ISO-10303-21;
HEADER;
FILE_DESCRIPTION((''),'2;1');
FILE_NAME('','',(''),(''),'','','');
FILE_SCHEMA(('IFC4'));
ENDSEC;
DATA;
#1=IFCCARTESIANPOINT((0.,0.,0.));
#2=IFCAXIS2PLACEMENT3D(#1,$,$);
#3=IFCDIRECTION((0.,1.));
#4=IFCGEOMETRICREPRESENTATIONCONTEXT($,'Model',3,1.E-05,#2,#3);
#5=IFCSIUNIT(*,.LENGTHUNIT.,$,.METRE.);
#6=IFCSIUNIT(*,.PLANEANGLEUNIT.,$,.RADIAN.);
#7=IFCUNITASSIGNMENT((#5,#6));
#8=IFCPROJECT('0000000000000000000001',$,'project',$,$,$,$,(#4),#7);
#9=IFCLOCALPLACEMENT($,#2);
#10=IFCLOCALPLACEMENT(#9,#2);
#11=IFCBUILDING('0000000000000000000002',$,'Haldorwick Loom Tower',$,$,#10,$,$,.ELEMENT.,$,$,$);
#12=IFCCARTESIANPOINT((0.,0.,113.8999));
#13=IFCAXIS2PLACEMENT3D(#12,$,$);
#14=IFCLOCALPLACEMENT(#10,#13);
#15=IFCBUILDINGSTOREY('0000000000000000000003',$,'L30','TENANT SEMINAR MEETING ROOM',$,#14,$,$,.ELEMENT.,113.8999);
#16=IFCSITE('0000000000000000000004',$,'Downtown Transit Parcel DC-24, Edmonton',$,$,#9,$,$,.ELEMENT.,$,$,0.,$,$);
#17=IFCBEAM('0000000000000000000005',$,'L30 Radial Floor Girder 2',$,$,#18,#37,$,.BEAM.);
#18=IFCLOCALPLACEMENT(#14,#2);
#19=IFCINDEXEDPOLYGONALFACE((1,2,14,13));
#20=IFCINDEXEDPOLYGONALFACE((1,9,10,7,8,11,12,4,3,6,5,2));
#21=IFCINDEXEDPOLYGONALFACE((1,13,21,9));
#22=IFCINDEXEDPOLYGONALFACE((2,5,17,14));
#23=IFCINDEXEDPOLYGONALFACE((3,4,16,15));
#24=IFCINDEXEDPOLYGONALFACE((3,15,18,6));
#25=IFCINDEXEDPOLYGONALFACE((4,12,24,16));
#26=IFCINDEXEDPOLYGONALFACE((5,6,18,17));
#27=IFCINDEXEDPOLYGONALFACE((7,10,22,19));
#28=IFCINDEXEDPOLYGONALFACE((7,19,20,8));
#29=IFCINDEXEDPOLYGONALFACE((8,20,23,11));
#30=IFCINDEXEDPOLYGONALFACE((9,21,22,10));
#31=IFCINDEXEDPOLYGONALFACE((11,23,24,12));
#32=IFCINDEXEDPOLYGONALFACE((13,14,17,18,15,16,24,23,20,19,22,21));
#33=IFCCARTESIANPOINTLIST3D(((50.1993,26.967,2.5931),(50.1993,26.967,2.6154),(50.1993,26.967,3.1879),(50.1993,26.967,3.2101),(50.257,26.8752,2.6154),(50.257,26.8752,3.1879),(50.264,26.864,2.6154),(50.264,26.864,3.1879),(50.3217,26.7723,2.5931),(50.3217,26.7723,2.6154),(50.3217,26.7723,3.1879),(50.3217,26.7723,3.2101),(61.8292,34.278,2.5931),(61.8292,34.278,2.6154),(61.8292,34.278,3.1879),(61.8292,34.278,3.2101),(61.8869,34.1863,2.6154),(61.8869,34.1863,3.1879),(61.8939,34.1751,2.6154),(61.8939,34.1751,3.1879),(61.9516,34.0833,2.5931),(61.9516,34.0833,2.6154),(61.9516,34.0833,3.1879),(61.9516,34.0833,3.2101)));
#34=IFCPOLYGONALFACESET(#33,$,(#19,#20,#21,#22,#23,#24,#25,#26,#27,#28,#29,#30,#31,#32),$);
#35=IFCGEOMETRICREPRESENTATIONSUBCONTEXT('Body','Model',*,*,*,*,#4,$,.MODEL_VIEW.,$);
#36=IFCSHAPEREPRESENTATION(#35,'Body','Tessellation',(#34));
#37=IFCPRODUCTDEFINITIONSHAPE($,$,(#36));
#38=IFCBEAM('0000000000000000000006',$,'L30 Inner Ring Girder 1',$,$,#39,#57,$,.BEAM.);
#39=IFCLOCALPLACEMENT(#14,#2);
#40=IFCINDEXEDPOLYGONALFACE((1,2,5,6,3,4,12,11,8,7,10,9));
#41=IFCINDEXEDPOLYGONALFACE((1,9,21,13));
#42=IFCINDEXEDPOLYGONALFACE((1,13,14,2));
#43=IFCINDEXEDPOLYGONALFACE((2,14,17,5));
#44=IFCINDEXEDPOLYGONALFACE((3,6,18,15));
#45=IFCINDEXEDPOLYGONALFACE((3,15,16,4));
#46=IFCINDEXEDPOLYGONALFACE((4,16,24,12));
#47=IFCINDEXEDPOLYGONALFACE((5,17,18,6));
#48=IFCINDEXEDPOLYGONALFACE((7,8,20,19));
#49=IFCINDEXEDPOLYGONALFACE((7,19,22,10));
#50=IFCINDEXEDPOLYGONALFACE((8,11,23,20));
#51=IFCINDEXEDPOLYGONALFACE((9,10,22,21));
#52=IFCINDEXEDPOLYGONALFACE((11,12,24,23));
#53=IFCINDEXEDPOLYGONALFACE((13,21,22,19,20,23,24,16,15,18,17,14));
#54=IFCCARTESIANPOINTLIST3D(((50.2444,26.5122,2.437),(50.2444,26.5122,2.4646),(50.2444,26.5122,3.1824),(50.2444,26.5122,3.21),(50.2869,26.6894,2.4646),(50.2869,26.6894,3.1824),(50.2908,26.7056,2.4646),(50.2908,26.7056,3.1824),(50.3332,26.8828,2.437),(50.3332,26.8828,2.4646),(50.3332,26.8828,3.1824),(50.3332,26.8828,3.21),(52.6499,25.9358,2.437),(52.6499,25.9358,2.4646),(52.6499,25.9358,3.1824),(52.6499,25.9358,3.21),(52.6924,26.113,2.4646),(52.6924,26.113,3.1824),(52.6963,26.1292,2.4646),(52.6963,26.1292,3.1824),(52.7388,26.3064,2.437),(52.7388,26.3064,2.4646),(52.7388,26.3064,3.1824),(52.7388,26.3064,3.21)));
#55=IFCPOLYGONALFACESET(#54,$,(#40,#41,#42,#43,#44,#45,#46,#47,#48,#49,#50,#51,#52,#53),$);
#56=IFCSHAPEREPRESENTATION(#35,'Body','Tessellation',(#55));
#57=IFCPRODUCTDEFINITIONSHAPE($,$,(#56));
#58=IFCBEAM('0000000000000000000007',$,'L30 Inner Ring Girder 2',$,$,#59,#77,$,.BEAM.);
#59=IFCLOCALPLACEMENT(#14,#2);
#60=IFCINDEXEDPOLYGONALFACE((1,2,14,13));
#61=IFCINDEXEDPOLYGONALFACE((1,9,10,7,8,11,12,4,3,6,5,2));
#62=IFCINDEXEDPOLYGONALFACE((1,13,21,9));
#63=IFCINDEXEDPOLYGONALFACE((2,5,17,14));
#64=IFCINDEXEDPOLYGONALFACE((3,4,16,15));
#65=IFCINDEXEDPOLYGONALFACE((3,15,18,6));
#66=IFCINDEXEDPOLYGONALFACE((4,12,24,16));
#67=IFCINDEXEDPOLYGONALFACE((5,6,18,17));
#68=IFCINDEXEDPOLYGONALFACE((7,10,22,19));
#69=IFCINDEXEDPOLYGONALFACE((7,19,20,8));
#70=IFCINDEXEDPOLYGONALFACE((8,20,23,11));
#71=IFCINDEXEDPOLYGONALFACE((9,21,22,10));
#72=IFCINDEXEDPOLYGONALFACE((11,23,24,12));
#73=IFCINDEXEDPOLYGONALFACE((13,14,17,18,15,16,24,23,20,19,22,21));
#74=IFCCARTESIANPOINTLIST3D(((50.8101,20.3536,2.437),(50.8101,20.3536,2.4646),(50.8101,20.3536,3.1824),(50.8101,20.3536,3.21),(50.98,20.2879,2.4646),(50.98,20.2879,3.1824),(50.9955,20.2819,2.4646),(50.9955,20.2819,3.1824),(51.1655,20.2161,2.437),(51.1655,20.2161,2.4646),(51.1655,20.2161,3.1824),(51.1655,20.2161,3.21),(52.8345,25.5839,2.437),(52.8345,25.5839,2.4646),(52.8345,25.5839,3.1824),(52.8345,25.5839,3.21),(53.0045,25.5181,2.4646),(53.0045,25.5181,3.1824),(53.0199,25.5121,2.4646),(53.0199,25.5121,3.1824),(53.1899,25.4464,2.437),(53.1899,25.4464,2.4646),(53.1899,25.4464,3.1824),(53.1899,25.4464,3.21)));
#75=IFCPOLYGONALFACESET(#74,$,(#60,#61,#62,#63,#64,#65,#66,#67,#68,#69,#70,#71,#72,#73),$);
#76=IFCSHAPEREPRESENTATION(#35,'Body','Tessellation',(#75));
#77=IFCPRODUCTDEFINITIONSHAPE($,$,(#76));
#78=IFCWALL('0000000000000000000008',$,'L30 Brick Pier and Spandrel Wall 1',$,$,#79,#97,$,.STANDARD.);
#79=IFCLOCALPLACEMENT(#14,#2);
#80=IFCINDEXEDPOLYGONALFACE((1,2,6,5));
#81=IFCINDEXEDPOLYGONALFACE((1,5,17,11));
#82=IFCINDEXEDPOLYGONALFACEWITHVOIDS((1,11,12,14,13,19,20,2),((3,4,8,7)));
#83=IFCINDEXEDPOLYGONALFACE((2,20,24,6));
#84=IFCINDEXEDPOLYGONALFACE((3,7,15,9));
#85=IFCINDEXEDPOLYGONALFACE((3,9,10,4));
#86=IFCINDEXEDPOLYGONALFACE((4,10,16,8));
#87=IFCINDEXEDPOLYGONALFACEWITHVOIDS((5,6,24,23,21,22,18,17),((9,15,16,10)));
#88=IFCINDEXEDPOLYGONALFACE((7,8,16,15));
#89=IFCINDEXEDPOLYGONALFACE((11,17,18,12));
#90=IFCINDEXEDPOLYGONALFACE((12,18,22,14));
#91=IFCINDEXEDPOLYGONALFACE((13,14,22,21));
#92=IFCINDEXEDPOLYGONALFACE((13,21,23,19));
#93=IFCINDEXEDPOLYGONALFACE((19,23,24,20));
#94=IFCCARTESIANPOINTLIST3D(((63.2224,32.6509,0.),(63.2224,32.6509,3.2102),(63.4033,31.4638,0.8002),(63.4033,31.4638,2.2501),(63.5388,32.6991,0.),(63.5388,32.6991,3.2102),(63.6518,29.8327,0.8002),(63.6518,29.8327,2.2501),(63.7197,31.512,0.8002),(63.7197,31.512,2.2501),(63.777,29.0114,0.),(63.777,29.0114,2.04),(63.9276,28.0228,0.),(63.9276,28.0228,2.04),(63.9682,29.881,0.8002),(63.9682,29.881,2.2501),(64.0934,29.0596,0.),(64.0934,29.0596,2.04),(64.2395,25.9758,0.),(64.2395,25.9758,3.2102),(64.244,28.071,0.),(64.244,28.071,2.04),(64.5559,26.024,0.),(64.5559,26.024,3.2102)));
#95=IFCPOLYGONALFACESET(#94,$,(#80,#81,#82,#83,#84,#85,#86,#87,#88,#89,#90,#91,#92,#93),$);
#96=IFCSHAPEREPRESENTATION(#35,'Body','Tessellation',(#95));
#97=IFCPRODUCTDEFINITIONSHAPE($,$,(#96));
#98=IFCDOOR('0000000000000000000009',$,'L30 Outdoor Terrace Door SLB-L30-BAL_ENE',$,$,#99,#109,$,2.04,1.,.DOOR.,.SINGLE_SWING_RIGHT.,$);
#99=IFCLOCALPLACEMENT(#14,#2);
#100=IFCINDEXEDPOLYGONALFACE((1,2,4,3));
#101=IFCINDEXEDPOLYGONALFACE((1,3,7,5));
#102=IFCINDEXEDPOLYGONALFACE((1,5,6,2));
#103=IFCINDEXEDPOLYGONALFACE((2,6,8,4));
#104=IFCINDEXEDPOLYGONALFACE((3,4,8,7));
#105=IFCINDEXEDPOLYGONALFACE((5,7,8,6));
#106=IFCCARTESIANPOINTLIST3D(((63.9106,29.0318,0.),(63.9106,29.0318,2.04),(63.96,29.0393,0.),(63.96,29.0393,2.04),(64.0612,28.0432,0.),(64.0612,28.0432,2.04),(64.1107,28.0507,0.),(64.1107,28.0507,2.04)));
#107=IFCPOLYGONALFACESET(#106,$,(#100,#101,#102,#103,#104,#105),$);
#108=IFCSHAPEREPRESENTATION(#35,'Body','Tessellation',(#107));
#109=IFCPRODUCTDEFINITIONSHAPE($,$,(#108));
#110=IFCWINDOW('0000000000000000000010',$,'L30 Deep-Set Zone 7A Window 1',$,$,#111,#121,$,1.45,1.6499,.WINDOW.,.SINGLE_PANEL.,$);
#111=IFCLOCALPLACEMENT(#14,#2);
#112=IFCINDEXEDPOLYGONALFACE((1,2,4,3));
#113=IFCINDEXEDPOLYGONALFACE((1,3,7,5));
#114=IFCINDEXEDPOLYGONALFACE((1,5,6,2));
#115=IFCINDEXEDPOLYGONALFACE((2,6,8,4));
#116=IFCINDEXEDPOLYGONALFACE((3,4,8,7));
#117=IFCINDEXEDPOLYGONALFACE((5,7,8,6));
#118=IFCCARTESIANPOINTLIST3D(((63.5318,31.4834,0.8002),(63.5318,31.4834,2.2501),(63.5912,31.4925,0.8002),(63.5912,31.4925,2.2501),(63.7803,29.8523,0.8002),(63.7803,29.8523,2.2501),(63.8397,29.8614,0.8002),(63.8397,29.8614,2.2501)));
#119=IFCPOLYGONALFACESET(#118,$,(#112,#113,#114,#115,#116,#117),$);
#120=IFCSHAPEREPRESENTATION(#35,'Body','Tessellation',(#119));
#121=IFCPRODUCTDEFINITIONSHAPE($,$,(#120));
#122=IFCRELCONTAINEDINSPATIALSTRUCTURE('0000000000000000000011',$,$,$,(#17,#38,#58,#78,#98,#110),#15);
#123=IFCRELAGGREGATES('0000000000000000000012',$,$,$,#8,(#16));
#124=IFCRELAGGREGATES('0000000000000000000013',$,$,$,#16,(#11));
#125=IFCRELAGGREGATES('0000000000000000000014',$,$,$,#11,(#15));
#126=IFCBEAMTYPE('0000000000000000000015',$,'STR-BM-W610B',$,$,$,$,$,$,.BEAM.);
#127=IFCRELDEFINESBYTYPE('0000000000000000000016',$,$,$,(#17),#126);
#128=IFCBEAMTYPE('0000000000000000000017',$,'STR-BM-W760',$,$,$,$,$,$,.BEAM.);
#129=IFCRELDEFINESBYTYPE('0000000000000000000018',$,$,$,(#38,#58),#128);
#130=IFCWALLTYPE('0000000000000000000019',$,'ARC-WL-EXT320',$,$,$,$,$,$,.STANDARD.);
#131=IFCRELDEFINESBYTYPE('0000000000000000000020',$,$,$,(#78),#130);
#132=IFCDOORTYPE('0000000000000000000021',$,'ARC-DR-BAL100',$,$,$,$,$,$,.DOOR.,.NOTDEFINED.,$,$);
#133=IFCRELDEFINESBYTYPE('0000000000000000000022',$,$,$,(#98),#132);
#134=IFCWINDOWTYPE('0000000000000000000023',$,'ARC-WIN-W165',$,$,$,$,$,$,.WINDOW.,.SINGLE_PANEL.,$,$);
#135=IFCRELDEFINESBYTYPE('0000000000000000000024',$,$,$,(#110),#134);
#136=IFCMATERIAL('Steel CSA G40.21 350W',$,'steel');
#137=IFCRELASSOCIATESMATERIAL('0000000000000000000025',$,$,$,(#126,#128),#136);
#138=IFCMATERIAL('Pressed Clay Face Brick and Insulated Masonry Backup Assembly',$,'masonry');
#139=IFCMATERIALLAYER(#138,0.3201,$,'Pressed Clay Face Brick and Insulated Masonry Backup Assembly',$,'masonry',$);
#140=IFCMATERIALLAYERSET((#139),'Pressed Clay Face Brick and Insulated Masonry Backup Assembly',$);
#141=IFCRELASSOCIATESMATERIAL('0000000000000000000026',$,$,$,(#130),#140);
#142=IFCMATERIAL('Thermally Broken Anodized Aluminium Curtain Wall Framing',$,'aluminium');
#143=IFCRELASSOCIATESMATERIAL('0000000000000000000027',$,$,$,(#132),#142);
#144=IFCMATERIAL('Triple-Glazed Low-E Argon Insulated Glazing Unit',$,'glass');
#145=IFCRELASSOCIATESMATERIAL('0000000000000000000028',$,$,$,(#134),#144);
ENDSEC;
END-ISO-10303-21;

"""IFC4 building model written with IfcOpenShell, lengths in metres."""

from ifc_helpers import new_model, si_unit, direction, frame, frame_2d, origin, origin_2d, place, context, subcontext, project, spatial, rectangle, i_section, extrude, material, layer, layer_set, material_profile, profile_set, type_object, element, fill, save


model = new_model("IFC4")

# Units and contexts
model_context = context("Model", 3, precision=1e-05, world=origin(), true_north=direction((0.0, 1.0)))
body_context = subcontext(model_context, "Body", "Model", "MODEL_VIEW")
ifc_project = project(units=[si_unit("LENGTHUNIT", "METRE"), si_unit("PLANEANGLEUNIT", "RADIAN")], contexts=[model_context])

# Site, building, storey
site_placement = place(None, origin())
site = spatial("IfcSite", under=ifc_project, at=site_placement, Name="Downtown Transit Parcel DC-24, Edmonton", CompositionType="ELEMENT", RefElevation=0.0)
building_placement = place(site_placement, origin())
building = spatial("IfcBuilding", under=site, at=building_placement, Name="Haldorwick Loom Tower", CompositionType="ELEMENT")
storey_placement = place(building_placement, frame((0.0, 0.0, 113.8999)))
storey = spatial("IfcBuildingStorey", under=building, at=storey_placement, Name="L30", Description="TENANT SEMINAR MEETING ROOM", CompositionType="ELEMENT", Elevation=113.8999)

# Beams
ifc_material_1 = material(Name="Steel CSA G40.21 350W", Category="steel")
ifc_material_profile_1 = material_profile(ifc_material_1, i_section(OverallWidth=0.23, OverallDepth=0.6169, WebThickness=0.0132, FlangeThickness=0.0222, at=origin_2d()), Name="W610X140", Category="steel")
ifc_profile_set_1 = profile_set([ifc_material_profile_1], Name="Steel CSA G40.21 350W")
beam_type_1 = type_object("IfcBeamType", Name="STR-BM-W610B", PredefinedType="BEAM", material=ifc_profile_set_1)
beam_1_placement = place(storey_placement, frame((50.2605, 26.8696, 2.9016), z_axis=(0.84661, 0.532214, 0.0), x_axis=(-0.532214, 0.84661, 0.0)))
element("IfcBeam", 1, at=beam_1_placement, inside=storey, type_object=beam_type_1, Name="L30 Radial Floor Girder 2", PredefinedType="BEAM", context=body_context, shape_type="SweptSolid", body=[
    extrude(i_section(OverallWidth=0.23, OverallDepth=0.6169, WebThickness=0.0132, FlangeThickness=0.0222, at=origin_2d()), origin(), (0.0, 0.0, 1.0), 13.7371),
])
ifc_material_profile_2 = material_profile(ifc_material_1, i_section(OverallWidth=0.3811, OverallDepth=0.7729, WebThickness=0.0166, FlangeThickness=0.0276, at=origin_2d()), Name="W760X257", Category="steel")
ifc_profile_set_2 = profile_set([ifc_material_profile_2], Name="Steel CSA G40.21 350W")
beam_type_2 = type_object("IfcBeamType", Name="STR-BM-W760", PredefinedType="BEAM", material=ifc_profile_set_2)
beam_2_placement = place(storey_placement, frame((50.2888, 26.6975, 2.8235), z_axis=(0.972471, -0.233026, 0.0), x_axis=(0.233026, 0.972471, 0.0)))
element("IfcBeam", 2, at=beam_2_placement, inside=storey, type_object=beam_type_2, Name="L30 Inner Ring Girder 1", PredefinedType="BEAM", context=body_context, shape_type="SweptSolid", body=[
    extrude(i_section(OverallWidth=0.3811, OverallDepth=0.7729, WebThickness=0.0166, FlangeThickness=0.0276, at=origin_2d()), origin(), (0.0, 0.0, 1.0), 2.4736),
])
beam_3_placement = place(storey_placement, frame((53.0122, 25.5151, 2.8235), z_axis=(-0.360965, -0.932579, 0.0), x_axis=(0.932579, -0.360965, 0.0)))
element("IfcBeam", 3, at=beam_3_placement, inside=storey, type_object=beam_type_2, Name="L30 Inner Ring Girder 2", PredefinedType="BEAM", context=body_context, shape_type="SweptSolid", body=[
    extrude(i_section(OverallWidth=0.3811, OverallDepth=0.7729, WebThickness=0.0166, FlangeThickness=0.0276, at=origin_2d()), origin(), (0.0, 0.0, 1.0), 5.6084),
])

# Wall, openings, door, window
ifc_material_2 = material(Name="Pressed Clay Face Brick and Insulated Masonry Backup Assembly", Category="masonry")
ifc_layer_1 = layer(ifc_material_2, 0.3201, Name="Pressed Clay Face Brick and Insulated Masonry Backup Assembly", Category="masonry")
ifc_layer_set_1 = layer_set([ifc_layer_1], Name="Pressed Clay Face Brick and Insulated Masonry Backup Assembly")
wall_type_1 = type_object("IfcWallType", Name="ARC-WL-EXT320", PredefinedType="STANDARD", material=ifc_layer_set_1)
wall_1_placement = place(storey_placement, frame((64.3977, 26.0, 0.0), z_axis=(0.0, 0.0, 1.0), x_axis=(-0.150633, 0.98859, 0.0)))
wall_1 = element("IfcWall", 4, at=wall_1_placement, inside=storey, type_object=wall_type_1, Name="L30 Brick Pier and Spandrel Wall 1", PredefinedType="STANDARD", context=body_context, shape_type="SweptSolid", body=[
    extrude(rectangle(XDim=6.7522, YDim=0.3201, at=frame_2d((3.376, 0.0))), origin(), (0.0, 0.0, 1.0), 3.2102),
])
opening_1_placement = place(wall_1_placement, frame((2.0706, 0.0, 0.0)))
opening_1 = element("IfcOpeningElement", 5, at=opening_1_placement, cuts=wall_1, PredefinedType="OPENING", context=body_context, shape_type="SweptSolid", body=[
    extrude(rectangle(XDim=1.0, YDim=2.04, at=frame_2d((0.5, 1.02))), frame((0.0, 0.1699, 0.0), z_axis=(0.0, -1.0, 0.0), x_axis=(1.0, 0.0, 0.0)), (0.0, 0.0, 1.0), 0.3401),
])
opening_2_placement = place(wall_1_placement, frame((3.9014, 0.0, 0.8)))
opening_2 = element("IfcOpeningElement", 6, at=opening_2_placement, cuts=wall_1, PredefinedType="OPENING", context=body_context, shape_type="SweptSolid", body=[
    extrude(rectangle(XDim=1.6499, YDim=1.45, at=frame_2d((0.825, 0.7251))), frame((0.0, 0.1699, 0.0), z_axis=(0.0, -1.0, 0.0), x_axis=(1.0, 0.0, 0.0)), (0.0, 0.0, 1.0), 0.3401),
])
ifc_material_3 = material(Name="Thermally Broken Anodized Aluminium Curtain Wall Framing", Category="aluminium")
door_type_1 = type_object("IfcDoorType", Name="ARC-DR-BAL100", OperationType="NOTDEFINED", PredefinedType="DOOR", material=ifc_material_3)
door_1_placement = place(opening_1_placement, origin())
door_1 = element("IfcDoor", 7, at=door_1_placement, inside=storey, type_object=door_type_1, Name="L30 Outdoor Terrace Door SLB-L30-BAL_ENE", OperationType="SINGLE_SWING_RIGHT", OverallHeight=2.04, OverallWidth=1.0, PredefinedType="DOOR", context=body_context, shape_type="SweptSolid", body=[
    extrude(rectangle(XDim=1.0, YDim=2.04, at=frame_2d((0.5, 1.02))), frame((0.0, 0.0249, 0.0), z_axis=(0.0, -1.0, 0.0), x_axis=(1.0, 0.0, 0.0)), (0.0, 0.0, 1.0), 0.05),
])
fill(opening_1, door_1)
ifc_material_4 = material(Name="Triple-Glazed Low-E Argon Insulated Glazing Unit", Category="glass")
window_type = type_object("IfcWindowType", Name="ARC-WIN-W165", PartitioningType="SINGLE_PANEL", PredefinedType="WINDOW", material=ifc_material_4)
window_placement = place(opening_2_placement, origin())
window = element("IfcWindow", 8, at=window_placement, inside=storey, type_object=window_type, Name="L30 Deep-Set Zone 7A Window 1", OverallHeight=1.45, OverallWidth=1.6499, PartitioningType="SINGLE_PANEL", PredefinedType="WINDOW", context=body_context, shape_type="SweptSolid", body=[
    extrude(rectangle(XDim=1.6499, YDim=1.45, at=frame_2d((0.825, 0.7251))), frame((0.0, 0.03, 0.0), z_axis=(0.0, -1.0, 0.0), x_axis=(1.0, 0.0, 0.0)), (0.0, 0.0, 1.0), 0.0601),
])
fill(opening_2, window)

save(model, "model.ifc")
